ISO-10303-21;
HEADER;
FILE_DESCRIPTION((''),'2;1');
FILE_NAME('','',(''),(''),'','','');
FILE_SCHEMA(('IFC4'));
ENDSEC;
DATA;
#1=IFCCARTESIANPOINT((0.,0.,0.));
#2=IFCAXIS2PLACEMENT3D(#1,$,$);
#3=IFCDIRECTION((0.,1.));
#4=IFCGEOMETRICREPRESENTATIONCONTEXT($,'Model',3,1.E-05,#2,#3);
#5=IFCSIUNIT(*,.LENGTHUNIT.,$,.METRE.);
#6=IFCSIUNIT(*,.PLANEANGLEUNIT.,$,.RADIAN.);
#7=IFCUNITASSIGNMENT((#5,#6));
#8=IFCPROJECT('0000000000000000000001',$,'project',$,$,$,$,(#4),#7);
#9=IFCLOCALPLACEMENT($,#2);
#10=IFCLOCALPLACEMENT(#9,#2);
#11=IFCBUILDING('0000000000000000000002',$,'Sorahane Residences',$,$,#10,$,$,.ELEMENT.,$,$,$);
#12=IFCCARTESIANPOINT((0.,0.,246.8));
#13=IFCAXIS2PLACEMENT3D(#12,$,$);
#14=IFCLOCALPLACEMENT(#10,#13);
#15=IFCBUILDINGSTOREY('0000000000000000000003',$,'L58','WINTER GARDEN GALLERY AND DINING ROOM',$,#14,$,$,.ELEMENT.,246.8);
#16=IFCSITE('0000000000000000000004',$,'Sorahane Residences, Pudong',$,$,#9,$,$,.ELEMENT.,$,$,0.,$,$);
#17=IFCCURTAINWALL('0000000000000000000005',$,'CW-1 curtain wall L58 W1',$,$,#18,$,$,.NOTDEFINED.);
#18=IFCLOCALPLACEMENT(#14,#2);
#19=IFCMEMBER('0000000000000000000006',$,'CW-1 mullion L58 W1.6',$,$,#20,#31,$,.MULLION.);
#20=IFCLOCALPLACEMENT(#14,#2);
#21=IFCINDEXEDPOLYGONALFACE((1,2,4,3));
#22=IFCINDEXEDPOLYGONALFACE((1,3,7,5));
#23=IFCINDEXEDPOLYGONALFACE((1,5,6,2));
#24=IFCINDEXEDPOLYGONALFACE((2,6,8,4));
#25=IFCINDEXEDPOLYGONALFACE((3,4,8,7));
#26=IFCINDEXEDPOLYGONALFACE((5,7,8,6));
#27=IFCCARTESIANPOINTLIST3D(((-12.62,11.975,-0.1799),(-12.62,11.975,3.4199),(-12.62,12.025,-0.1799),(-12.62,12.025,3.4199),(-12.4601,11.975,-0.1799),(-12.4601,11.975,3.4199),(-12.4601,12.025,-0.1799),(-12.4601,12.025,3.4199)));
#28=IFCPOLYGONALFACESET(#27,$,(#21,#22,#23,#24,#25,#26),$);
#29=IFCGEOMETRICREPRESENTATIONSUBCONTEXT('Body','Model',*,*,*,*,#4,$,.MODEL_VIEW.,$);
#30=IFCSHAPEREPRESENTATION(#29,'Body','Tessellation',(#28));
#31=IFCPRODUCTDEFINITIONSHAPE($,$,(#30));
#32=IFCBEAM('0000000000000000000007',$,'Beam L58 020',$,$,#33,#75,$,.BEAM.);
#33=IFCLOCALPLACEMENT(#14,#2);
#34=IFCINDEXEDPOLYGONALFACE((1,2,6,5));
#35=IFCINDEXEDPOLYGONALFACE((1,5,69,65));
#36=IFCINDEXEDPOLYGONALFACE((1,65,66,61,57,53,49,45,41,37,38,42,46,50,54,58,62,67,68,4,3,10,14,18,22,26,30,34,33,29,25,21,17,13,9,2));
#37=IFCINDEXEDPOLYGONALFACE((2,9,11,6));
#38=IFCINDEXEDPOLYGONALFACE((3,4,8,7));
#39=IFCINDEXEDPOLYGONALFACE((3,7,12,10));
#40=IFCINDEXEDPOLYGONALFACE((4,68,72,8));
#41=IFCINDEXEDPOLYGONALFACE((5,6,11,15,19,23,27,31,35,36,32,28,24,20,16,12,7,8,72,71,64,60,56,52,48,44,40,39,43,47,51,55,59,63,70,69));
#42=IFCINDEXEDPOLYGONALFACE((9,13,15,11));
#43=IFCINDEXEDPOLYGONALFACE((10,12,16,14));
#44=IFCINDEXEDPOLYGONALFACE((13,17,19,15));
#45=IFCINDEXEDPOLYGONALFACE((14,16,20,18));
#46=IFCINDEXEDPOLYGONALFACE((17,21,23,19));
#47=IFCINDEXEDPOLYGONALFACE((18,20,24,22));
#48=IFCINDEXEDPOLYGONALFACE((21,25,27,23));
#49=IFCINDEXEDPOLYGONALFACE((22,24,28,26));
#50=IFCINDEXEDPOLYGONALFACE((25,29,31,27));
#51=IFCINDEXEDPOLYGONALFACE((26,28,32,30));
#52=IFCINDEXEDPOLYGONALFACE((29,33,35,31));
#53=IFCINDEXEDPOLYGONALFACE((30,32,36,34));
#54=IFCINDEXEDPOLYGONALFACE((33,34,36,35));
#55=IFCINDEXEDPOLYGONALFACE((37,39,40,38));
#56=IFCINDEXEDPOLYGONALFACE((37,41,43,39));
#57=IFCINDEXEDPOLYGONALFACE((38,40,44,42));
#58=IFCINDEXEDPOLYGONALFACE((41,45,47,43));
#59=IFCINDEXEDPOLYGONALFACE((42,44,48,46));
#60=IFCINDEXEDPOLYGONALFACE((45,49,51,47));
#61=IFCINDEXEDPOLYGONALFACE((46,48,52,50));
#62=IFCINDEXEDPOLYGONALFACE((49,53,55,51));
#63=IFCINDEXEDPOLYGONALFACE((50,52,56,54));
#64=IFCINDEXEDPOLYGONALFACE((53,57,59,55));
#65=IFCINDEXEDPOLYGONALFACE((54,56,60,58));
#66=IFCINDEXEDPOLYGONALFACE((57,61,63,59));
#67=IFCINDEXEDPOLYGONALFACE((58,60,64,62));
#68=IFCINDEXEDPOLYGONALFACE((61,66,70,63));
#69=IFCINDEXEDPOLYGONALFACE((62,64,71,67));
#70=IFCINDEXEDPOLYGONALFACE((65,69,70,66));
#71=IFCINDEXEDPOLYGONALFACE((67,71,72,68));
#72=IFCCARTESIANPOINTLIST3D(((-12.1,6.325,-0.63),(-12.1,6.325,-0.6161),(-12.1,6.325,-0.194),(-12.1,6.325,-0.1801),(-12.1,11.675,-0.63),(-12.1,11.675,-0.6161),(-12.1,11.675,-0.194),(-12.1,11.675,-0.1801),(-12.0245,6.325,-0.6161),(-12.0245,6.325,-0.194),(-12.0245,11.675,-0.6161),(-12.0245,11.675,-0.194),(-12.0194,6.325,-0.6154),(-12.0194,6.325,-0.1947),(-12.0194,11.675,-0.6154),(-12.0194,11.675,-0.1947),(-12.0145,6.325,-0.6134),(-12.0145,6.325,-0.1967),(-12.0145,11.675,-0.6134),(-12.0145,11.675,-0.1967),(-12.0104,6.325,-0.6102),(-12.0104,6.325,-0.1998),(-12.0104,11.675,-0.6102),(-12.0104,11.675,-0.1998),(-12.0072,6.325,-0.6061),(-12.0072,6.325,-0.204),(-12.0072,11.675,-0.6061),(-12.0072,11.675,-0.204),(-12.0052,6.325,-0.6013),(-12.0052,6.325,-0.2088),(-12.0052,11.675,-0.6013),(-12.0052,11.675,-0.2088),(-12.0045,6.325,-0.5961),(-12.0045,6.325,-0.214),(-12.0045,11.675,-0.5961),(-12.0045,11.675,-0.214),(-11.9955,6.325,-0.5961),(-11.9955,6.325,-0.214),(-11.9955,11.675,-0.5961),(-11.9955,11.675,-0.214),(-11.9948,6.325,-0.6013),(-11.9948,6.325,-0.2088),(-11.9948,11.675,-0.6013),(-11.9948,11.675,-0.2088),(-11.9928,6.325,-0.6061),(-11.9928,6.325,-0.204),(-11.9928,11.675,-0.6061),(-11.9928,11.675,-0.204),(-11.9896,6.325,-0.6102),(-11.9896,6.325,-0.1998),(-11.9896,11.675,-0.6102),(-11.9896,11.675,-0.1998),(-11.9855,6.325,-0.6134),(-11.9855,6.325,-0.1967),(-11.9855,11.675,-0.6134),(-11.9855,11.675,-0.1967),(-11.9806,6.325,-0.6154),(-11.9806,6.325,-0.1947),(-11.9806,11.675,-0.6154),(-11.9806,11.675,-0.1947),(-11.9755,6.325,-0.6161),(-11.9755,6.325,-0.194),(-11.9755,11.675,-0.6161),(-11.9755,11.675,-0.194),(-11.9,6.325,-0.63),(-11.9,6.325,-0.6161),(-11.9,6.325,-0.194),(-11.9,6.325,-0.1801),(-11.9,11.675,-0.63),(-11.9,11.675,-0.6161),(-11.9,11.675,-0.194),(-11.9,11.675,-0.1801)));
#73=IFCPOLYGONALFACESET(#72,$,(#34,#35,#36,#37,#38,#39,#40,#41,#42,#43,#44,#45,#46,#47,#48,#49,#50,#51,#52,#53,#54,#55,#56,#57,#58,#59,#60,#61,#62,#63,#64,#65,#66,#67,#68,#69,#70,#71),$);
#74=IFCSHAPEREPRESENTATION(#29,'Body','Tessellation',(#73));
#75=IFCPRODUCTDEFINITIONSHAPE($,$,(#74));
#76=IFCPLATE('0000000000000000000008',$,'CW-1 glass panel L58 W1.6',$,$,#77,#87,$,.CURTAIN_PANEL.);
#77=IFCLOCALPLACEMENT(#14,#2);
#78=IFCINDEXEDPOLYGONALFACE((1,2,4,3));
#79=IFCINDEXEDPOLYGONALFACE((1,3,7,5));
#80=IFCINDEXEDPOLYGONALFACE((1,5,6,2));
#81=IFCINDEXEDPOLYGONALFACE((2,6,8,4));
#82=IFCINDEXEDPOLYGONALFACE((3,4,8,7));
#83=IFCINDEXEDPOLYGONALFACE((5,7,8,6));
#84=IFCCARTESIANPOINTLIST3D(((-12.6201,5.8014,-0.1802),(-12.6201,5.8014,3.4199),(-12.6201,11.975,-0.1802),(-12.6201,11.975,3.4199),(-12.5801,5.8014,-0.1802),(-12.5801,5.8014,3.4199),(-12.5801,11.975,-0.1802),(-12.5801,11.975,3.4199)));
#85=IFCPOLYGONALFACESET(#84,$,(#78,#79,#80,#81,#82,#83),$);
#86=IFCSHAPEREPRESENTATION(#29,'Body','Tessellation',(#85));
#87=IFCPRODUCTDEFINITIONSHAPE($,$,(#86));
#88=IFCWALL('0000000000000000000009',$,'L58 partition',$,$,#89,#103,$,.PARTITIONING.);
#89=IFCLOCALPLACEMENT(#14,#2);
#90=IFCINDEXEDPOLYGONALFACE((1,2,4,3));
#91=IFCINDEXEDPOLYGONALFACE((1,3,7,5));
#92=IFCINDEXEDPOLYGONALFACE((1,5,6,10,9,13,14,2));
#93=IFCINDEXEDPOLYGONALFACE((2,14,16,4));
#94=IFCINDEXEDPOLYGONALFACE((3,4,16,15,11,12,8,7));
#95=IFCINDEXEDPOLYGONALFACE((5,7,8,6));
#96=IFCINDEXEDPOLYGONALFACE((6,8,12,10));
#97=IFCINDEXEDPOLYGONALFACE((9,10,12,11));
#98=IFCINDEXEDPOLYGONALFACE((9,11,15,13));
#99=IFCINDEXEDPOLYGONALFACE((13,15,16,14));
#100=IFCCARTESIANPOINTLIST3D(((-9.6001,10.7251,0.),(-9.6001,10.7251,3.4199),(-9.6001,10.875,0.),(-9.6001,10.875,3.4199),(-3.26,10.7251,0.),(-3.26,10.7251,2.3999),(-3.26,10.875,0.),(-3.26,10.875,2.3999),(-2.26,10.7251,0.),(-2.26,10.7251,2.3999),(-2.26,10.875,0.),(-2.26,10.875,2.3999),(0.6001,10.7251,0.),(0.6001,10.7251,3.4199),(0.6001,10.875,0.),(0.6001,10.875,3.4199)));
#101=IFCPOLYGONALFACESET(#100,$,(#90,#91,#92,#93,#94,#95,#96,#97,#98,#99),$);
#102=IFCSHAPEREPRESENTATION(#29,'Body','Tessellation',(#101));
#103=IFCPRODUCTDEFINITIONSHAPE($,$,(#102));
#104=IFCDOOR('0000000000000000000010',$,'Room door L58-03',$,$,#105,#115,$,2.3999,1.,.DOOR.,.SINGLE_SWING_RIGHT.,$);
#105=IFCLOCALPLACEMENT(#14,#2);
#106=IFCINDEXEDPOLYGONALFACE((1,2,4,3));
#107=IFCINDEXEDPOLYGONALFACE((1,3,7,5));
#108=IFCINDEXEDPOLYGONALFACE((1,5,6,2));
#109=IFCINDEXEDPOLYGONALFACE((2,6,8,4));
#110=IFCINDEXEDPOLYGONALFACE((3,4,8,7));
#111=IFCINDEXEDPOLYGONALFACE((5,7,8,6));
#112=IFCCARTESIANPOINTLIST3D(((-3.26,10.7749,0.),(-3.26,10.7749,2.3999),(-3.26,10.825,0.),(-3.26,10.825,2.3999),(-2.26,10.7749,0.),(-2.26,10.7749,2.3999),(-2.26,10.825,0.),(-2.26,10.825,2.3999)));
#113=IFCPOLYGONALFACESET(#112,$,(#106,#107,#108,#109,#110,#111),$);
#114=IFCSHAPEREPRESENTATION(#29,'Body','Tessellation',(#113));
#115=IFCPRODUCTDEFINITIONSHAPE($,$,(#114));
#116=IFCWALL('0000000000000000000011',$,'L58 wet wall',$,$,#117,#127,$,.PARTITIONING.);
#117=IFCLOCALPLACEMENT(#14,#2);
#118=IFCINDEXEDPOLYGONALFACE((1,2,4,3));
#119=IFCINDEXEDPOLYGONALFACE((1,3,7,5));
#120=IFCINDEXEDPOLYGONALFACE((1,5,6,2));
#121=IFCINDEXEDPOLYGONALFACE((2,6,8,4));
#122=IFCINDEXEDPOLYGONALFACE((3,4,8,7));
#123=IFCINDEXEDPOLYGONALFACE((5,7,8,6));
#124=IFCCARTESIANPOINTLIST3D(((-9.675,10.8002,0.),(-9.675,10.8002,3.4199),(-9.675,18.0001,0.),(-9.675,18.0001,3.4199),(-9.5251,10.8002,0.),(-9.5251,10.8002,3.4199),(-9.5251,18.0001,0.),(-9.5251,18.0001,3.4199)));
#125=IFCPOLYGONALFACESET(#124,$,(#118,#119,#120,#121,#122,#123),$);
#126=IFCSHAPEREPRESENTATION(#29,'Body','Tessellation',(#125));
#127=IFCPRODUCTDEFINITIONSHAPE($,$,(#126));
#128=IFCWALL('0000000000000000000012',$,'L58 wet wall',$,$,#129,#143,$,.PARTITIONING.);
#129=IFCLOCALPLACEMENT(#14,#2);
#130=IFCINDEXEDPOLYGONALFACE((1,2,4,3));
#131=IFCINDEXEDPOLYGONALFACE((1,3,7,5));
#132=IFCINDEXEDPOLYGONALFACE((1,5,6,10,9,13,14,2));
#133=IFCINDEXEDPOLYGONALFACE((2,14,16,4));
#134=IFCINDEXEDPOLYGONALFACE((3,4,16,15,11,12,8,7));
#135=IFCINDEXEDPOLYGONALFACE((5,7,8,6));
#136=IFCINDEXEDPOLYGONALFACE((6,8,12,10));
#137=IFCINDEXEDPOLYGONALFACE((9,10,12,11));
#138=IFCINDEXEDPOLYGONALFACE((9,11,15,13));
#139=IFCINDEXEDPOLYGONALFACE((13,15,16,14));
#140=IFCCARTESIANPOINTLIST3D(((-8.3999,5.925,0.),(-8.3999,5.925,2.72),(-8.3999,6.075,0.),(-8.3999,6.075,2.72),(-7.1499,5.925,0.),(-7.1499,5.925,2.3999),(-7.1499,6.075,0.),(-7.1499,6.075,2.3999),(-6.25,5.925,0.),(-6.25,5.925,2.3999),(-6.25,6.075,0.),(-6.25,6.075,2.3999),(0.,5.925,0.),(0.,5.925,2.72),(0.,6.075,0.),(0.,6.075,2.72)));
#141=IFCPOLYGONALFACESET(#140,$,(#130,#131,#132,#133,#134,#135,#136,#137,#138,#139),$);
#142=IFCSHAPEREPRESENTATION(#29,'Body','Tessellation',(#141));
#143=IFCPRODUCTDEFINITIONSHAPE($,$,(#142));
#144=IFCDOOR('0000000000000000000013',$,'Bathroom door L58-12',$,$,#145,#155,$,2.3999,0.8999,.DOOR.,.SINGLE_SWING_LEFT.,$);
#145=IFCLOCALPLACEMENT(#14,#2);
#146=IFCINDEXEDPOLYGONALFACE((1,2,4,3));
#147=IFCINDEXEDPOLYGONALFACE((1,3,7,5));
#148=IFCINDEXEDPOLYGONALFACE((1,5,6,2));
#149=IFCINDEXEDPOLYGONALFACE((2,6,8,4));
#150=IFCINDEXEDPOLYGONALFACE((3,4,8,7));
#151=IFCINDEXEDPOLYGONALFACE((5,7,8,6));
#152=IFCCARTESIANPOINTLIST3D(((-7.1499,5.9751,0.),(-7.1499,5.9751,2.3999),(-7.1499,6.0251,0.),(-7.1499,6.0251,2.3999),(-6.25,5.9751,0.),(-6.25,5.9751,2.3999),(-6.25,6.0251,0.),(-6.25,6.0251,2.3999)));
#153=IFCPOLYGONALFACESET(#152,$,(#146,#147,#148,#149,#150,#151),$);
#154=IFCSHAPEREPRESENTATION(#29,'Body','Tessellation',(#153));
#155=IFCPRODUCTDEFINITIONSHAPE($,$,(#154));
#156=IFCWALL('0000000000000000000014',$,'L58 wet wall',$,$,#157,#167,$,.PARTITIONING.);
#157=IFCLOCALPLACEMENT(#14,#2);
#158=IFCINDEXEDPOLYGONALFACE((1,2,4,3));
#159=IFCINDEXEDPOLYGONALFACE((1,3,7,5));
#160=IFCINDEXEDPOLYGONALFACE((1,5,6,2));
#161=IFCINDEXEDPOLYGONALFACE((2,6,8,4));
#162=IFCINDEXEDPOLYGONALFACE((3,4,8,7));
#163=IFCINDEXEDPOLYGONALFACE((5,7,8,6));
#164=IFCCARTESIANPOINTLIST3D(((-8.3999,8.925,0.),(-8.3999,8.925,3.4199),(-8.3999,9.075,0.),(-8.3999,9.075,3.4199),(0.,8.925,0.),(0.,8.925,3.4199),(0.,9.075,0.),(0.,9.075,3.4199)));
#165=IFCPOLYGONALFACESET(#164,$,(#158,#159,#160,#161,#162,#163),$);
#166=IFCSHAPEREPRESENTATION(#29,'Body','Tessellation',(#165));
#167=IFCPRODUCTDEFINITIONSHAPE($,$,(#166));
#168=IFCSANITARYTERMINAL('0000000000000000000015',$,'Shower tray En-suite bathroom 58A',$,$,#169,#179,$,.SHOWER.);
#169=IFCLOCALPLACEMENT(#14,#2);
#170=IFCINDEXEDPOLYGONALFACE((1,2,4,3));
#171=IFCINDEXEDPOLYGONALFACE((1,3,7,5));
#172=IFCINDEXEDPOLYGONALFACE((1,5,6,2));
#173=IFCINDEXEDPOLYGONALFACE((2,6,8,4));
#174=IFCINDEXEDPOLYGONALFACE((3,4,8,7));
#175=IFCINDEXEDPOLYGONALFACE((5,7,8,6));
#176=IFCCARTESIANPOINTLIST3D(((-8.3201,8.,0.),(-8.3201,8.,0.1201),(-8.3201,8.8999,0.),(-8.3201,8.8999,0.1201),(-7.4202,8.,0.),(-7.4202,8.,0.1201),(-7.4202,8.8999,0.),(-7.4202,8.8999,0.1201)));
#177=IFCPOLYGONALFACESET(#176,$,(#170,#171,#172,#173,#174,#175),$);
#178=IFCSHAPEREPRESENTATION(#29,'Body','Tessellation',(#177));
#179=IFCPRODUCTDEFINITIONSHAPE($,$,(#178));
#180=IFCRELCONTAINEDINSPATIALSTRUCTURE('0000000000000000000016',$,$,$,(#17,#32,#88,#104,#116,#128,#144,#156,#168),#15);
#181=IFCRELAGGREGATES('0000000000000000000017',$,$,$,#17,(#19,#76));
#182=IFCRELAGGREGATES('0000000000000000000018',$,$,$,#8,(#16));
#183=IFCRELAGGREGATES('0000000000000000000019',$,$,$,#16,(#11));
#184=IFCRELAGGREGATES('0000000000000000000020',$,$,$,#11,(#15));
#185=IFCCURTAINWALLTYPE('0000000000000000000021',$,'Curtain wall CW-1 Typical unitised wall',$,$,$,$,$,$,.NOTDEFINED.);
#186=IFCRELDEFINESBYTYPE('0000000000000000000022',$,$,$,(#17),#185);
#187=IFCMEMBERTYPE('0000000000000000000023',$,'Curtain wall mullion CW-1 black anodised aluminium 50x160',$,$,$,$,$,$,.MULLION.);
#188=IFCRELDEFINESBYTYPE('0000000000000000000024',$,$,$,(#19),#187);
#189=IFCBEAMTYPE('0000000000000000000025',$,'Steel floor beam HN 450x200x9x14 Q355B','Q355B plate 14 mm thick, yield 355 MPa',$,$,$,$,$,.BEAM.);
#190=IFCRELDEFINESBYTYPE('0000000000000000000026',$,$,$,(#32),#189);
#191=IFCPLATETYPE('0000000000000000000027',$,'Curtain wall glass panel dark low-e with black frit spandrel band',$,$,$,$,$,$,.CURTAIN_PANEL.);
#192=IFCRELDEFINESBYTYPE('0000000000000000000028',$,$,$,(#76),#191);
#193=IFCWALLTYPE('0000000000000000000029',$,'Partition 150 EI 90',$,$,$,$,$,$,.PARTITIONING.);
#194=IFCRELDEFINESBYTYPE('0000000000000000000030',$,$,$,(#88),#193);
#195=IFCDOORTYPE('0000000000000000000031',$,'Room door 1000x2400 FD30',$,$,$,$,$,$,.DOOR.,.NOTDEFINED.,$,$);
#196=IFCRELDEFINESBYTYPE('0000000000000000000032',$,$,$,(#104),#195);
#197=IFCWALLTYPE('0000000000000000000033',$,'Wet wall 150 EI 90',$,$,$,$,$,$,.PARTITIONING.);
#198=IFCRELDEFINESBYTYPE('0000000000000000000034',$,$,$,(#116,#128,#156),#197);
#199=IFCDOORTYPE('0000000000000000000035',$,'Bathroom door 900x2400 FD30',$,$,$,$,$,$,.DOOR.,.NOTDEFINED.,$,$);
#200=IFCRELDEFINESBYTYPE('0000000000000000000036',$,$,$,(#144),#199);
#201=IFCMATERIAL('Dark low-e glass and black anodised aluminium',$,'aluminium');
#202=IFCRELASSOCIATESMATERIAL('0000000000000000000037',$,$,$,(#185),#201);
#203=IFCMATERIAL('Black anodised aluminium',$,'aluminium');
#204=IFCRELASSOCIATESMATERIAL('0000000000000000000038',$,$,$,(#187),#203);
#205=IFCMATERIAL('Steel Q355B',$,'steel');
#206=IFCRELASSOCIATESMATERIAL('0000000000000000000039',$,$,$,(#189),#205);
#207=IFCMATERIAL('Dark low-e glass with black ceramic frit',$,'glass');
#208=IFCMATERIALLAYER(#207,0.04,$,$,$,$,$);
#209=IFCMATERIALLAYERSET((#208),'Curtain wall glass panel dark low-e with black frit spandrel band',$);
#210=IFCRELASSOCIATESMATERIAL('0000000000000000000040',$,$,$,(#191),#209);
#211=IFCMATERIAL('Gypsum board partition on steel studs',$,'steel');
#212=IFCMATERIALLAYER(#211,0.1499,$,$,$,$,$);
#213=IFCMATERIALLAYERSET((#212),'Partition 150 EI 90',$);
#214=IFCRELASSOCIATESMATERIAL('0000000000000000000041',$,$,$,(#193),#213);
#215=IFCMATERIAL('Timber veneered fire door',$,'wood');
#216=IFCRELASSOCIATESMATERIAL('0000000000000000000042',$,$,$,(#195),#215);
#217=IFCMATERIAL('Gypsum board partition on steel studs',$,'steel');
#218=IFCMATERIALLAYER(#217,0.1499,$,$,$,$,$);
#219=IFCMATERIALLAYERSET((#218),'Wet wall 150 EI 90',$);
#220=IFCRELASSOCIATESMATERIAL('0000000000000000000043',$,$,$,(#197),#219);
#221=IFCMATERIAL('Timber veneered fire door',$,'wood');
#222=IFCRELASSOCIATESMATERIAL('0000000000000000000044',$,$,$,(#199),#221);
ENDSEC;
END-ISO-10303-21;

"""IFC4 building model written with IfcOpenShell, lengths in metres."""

from ifc_helpers import new_model, si_unit, direction, frame, frame_2d, origin, origin_2d, place, context, subcontext, project, spatial, rectangle, i_section, extrude, material, layer, layer_set, material_profile, profile_set, type_object, element, fill, aggregate, save


model = new_model("IFC4")

# Units and contexts
model_context = context("Model", 3, precision=1e-05, world=origin(), true_north=direction((0.0, 1.0)))
body_context = subcontext(model_context, "Body", "Model", "MODEL_VIEW")
ifc_project = project(units=[si_unit("LENGTHUNIT", "METRE"), si_unit("PLANEANGLEUNIT", "RADIAN")], contexts=[model_context])

# Site, building, storey
site_placement = place(None, origin())
site = spatial("IfcSite", under=ifc_project, at=site_placement, Name="Sorahane Residences, Pudong", CompositionType="ELEMENT", RefElevation=0.0)
building_placement = place(site_placement, origin())
building = spatial("IfcBuilding", under=site, at=building_placement, Name="Sorahane Residences", CompositionType="ELEMENT")
storey_placement = place(building_placement, frame((0.0, 0.0, 246.8)))
storey = spatial("IfcBuildingStorey", under=building, at=storey_placement, Name="L58", Description="WINTER GARDEN GALLERY AND DINING ROOM", CompositionType="ELEMENT", Elevation=246.8)

# Curtain wall, member
ifc_material_1 = material(Name="Dark low-e glass and black anodised aluminium", Category="aluminium")
curtain_wall_type = type_object("IfcCurtainWallType", Name="Curtain wall CW-1 Typical unitised wall", PredefinedType="NOTDEFINED", material=ifc_material_1)
curtain_wall_placement = place(storey_placement, origin())
curtain_wall = element("IfcCurtainWall", 1, at=curtain_wall_placement, inside=storey, type_object=curtain_wall_type, Name="CW-1 curtain wall L58 W1", PredefinedType="NOTDEFINED")
ifc_material_2 = material(Name="Black anodised aluminium", Category="aluminium")
ifc_material_profile_1 = material_profile(ifc_material_2, rectangle(XDim=0.1599, YDim=0.05, at=origin_2d()), Name="Curtain wall mullion CW-1 black anodised aluminium 50x160")
ifc_profile_set_1 = profile_set([ifc_material_profile_1], Name="Black anodised aluminium")
member_type = type_object("IfcMemberType", Name="Curtain wall mullion CW-1 black anodised aluminium 50x160", PredefinedType="MULLION", material=ifc_profile_set_1)
member_placement = place(storey_placement, frame((-12.54, 12.0, -0.1799), z_axis=(0.0, 0.0, 1.0), x_axis=(-1.0, 0.0, 0.0)))
member = element("IfcMember", 2, at=member_placement, type_object=member_type, Name="CW-1 mullion L58 W1.6", PredefinedType="MULLION", context=body_context, shape_type="SweptSolid", body=[
    extrude(rectangle(XDim=0.1599, YDim=0.05, at=origin_2d()), origin(), (0.0, 0.0, 1.0), 3.5999),
])

# Beam
ifc_material_3 = material(Name="Steel Q355B", Category="steel")
ifc_material_profile_2 = material_profile(ifc_material_3, i_section(OverallWidth=0.2, OverallDepth=0.45, WebThickness=0.009, FlangeThickness=0.0139, FilletRadius=0.02, at=origin_2d()), Name="HN 450x200x9x14")
ifc_profile_set_2 = profile_set([ifc_material_profile_2], Name="Steel Q355B")
beam_type = type_object("IfcBeamType", Name="Steel floor beam HN 450x200x9x14 Q355B", Description="Q355B plate 14 mm thick, yield 355 MPa", PredefinedType="BEAM", material=ifc_profile_set_2)
beam_placement = place(storey_placement, frame((-12.0, 6.325, -0.405), z_axis=(0.0, 1.0, 0.0), x_axis=(-1.0, 0.0, 0.0)))
element("IfcBeam", 3, at=beam_placement, inside=storey, type_object=beam_type, Name="Beam L58 020", PredefinedType="BEAM", context=body_context, shape_type="SweptSolid", body=[
    extrude(i_section(OverallWidth=0.2, OverallDepth=0.45, WebThickness=0.009, FlangeThickness=0.0139, FilletRadius=0.02, at=origin_2d()), origin(), (0.0, 0.0, 1.0), 5.3501),
])

# Plate
ifc_material_4 = material(Name="Dark low-e glass with black ceramic frit", Category="glass")
ifc_layer_1 = layer(ifc_material_4, 0.04)
ifc_layer_set_1 = layer_set([ifc_layer_1], Name="Curtain wall glass panel dark low-e with black frit spandrel band")
plate_type = type_object("IfcPlateType", Name="Curtain wall glass panel dark low-e with black frit spandrel band", PredefinedType="CURTAIN_PANEL", material=ifc_layer_set_1)
plate_placement = place(storey_placement, frame((-12.6001, 8.8882, -0.1802), z_axis=(0.0, 0.0, 1.0), x_axis=(0.0, -1.0, 0.0)))
plate = element("IfcPlate", 4, at=plate_placement, type_object=plate_type, Name="CW-1 glass panel L58 W1.6", PredefinedType="CURTAIN_PANEL", context=body_context, shape_type="SweptSolid", body=[
    extrude(rectangle(XDim=6.1736, YDim=0.04, at=origin_2d()), origin(), (0.0, 0.0, 1.0), 3.6001),
])
aggregate(curtain_wall, [member, plate])

# Wall, opening, door
ifc_material_5 = material(Name="Gypsum board partition on steel studs", Category="steel")
ifc_layer_2 = layer(ifc_material_5, 0.1499)
ifc_layer_set_2 = layer_set([ifc_layer_2], Name="Partition 150 EI 90")
wall_type_1 = type_object("IfcWallType", Name="Partition 150 EI 90", PredefinedType="PARTITIONING", material=ifc_layer_set_2)
wall_1_placement = place(storey_placement, frame((-9.6001, 10.8, 0.0), z_axis=(0.0, 0.0, 1.0), x_axis=(1.0, 0.0, 0.0)))
wall_1 = element("IfcWall", 5, at=wall_1_placement, inside=storey, type_object=wall_type_1, Name="L58 partition", PredefinedType="PARTITIONING", context=body_context, shape_type="SweptSolid", body=[
    extrude(rectangle(XDim=10.2002, YDim=0.1499, at=frame_2d((5.1001, 0.0))), origin(), (0.0, 0.0, 1.0), 3.4199),
])
opening_1_placement = place(wall_1_placement, frame((6.3401, 0.0, 0.0)))
opening_1 = element("IfcOpeningElement", 6, at=opening_1_placement, cuts=wall_1, PredefinedType="OPENING", context=body_context, shape_type="SweptSolid", body=[
    extrude(rectangle(XDim=1.0, YDim=2.3999, at=frame_2d((0.5, 1.2))), frame((0.0, 0.085, 0.0), z_axis=(0.0, -1.0, 0.0), x_axis=(1.0, 0.0, 0.0)), (0.0, 0.0, 1.0), 0.1699),
])
ifc_material_6 = material(Name="Timber veneered fire door", Category="wood")
door_type_1 = type_object("IfcDoorType", Name="Room door 1000x2400 FD30", OperationType="NOTDEFINED", PredefinedType="DOOR", material=ifc_material_6)
door_1_placement = place(opening_1_placement, origin())
door_1 = element("IfcDoor", 7, at=door_1_placement, inside=storey, type_object=door_type_1, Name="Room door L58-03", OperationType="SINGLE_SWING_RIGHT", OverallHeight=2.3999, OverallWidth=1.0, PredefinedType="DOOR", context=body_context, shape_type="SweptSolid", body=[
    extrude(rectangle(XDim=1.0, YDim=2.3999, at=frame_2d((0.5, 1.2))), frame((0.0, 0.0249, 0.0), z_axis=(0.0, -1.0, 0.0), x_axis=(1.0, 0.0, 0.0)), (0.0, 0.0, 1.0), 0.05),
])
fill(opening_1, door_1)

# Wall
ifc_material_7 = material(Name="Gypsum board partition on steel studs", Category="steel")
ifc_layer_3 = layer(ifc_material_7, 0.1499)
ifc_layer_set_3 = layer_set([ifc_layer_3], Name="Wet wall 150 EI 90")
wall_type_2 = type_object("IfcWallType", Name="Wet wall 150 EI 90", PredefinedType="PARTITIONING", material=ifc_layer_set_3)
wall_2_placement = place(storey_placement, frame((-9.6001, 10.8, 0.0), z_axis=(0.0, 0.0, 1.0), x_axis=(0.0, 1.0, 0.0)))
element("IfcWall", 8, at=wall_2_placement, inside=storey, type_object=wall_type_2, Name="L58 wet wall", PredefinedType="PARTITIONING", context=body_context, shape_type="SweptSolid", body=[
    extrude(rectangle(XDim=7.2, YDim=0.1499, at=frame_2d((3.6001, 0.0))), origin(), (0.0, 0.0, 1.0), 3.4199),
])

# Wall, opening, door
ifc_material_8 = material(Name="Timber veneered fire door", Category="wood")
door_type_2 = type_object("IfcDoorType", Name="Bathroom door 900x2400 FD30", OperationType="NOTDEFINED", PredefinedType="DOOR", material=ifc_material_8)
wall_3_placement = place(storey_placement, frame((-8.3999, 6.0, 0.0), z_axis=(0.0, 0.0, 1.0), x_axis=(1.0, 0.0, 0.0)))
wall_3 = element("IfcWall", 9, at=wall_3_placement, inside=storey, type_object=wall_type_2, Name="L58 wet wall", PredefinedType="PARTITIONING", context=body_context, shape_type="SweptSolid", body=[
    extrude(rectangle(XDim=8.3999, YDim=0.1499, at=frame_2d((4.2, 0.0))), origin(), (0.0, 0.0, 1.0), 2.72),
])
opening_2_placement = place(wall_3_placement, frame((1.25, 0.0, 0.0)))
opening_2 = element("IfcOpeningElement", 10, at=opening_2_placement, cuts=wall_3, PredefinedType="OPENING", context=body_context, shape_type="SweptSolid", body=[
    extrude(rectangle(XDim=0.8999, YDim=2.3999, at=frame_2d((0.45, 1.2))), frame((0.0, 0.085, 0.0), z_axis=(0.0, -1.0, 0.0), x_axis=(1.0, 0.0, 0.0)), (0.0, 0.0, 1.0), 0.1699),
])
door_2_placement = place(opening_2_placement, frame((0.8999, 0.0, 0.0), z_axis=(0.0, 0.0, 1.0), x_axis=(-1.0, 0.0, 0.0)))
door_2 = element("IfcDoor", 11, at=door_2_placement, inside=storey, type_object=door_type_2, Name="Bathroom door L58-12", OperationType="SINGLE_SWING_LEFT", OverallHeight=2.3999, OverallWidth=0.8999, PredefinedType="DOOR", context=body_context, shape_type="SweptSolid", body=[
    extrude(rectangle(XDim=0.8999, YDim=2.3999, at=frame_2d((0.45, 1.2))), frame((0.0, 0.0249, 0.0), z_axis=(0.0, -1.0, 0.0), x_axis=(1.0, 0.0, 0.0)), (0.0, 0.0, 1.0), 0.05),
])
fill(opening_2, door_2)

# Wall
wall_4_placement = place(storey_placement, frame((-8.3999, 9.0, 0.0), z_axis=(0.0, 0.0, 1.0), x_axis=(1.0, 0.0, 0.0)))
element("IfcWall", 12, at=wall_4_placement, inside=storey, type_object=wall_type_2, Name="L58 wet wall", PredefinedType="PARTITIONING", context=body_context, shape_type="SweptSolid", body=[
    extrude(rectangle(XDim=8.3999, YDim=0.1499, at=frame_2d((4.2, 0.0))), origin(), (0.0, 0.0, 1.0), 3.4199),
])

# Sanitary terminal
sanitary_terminal_1_placement = place(storey_placement, frame((-7.8701, 8.45, 0.0), z_axis=(0.0, 0.0, 1.0), x_axis=(1.0, 0.0, 0.0)))
element("IfcSanitaryTerminal", 13, at=sanitary_terminal_1_placement, inside=storey, Name="Shower tray En-suite bathroom 58A", PredefinedType="SHOWER", context=body_context, shape_type="SweptSolid", body=[
    extrude(rectangle(XDim=0.8999, YDim=0.8999, at=origin_2d()), origin(), (0.0, 0.0, 1.0), 0.1201),
])

save(model, "model.ifc")
